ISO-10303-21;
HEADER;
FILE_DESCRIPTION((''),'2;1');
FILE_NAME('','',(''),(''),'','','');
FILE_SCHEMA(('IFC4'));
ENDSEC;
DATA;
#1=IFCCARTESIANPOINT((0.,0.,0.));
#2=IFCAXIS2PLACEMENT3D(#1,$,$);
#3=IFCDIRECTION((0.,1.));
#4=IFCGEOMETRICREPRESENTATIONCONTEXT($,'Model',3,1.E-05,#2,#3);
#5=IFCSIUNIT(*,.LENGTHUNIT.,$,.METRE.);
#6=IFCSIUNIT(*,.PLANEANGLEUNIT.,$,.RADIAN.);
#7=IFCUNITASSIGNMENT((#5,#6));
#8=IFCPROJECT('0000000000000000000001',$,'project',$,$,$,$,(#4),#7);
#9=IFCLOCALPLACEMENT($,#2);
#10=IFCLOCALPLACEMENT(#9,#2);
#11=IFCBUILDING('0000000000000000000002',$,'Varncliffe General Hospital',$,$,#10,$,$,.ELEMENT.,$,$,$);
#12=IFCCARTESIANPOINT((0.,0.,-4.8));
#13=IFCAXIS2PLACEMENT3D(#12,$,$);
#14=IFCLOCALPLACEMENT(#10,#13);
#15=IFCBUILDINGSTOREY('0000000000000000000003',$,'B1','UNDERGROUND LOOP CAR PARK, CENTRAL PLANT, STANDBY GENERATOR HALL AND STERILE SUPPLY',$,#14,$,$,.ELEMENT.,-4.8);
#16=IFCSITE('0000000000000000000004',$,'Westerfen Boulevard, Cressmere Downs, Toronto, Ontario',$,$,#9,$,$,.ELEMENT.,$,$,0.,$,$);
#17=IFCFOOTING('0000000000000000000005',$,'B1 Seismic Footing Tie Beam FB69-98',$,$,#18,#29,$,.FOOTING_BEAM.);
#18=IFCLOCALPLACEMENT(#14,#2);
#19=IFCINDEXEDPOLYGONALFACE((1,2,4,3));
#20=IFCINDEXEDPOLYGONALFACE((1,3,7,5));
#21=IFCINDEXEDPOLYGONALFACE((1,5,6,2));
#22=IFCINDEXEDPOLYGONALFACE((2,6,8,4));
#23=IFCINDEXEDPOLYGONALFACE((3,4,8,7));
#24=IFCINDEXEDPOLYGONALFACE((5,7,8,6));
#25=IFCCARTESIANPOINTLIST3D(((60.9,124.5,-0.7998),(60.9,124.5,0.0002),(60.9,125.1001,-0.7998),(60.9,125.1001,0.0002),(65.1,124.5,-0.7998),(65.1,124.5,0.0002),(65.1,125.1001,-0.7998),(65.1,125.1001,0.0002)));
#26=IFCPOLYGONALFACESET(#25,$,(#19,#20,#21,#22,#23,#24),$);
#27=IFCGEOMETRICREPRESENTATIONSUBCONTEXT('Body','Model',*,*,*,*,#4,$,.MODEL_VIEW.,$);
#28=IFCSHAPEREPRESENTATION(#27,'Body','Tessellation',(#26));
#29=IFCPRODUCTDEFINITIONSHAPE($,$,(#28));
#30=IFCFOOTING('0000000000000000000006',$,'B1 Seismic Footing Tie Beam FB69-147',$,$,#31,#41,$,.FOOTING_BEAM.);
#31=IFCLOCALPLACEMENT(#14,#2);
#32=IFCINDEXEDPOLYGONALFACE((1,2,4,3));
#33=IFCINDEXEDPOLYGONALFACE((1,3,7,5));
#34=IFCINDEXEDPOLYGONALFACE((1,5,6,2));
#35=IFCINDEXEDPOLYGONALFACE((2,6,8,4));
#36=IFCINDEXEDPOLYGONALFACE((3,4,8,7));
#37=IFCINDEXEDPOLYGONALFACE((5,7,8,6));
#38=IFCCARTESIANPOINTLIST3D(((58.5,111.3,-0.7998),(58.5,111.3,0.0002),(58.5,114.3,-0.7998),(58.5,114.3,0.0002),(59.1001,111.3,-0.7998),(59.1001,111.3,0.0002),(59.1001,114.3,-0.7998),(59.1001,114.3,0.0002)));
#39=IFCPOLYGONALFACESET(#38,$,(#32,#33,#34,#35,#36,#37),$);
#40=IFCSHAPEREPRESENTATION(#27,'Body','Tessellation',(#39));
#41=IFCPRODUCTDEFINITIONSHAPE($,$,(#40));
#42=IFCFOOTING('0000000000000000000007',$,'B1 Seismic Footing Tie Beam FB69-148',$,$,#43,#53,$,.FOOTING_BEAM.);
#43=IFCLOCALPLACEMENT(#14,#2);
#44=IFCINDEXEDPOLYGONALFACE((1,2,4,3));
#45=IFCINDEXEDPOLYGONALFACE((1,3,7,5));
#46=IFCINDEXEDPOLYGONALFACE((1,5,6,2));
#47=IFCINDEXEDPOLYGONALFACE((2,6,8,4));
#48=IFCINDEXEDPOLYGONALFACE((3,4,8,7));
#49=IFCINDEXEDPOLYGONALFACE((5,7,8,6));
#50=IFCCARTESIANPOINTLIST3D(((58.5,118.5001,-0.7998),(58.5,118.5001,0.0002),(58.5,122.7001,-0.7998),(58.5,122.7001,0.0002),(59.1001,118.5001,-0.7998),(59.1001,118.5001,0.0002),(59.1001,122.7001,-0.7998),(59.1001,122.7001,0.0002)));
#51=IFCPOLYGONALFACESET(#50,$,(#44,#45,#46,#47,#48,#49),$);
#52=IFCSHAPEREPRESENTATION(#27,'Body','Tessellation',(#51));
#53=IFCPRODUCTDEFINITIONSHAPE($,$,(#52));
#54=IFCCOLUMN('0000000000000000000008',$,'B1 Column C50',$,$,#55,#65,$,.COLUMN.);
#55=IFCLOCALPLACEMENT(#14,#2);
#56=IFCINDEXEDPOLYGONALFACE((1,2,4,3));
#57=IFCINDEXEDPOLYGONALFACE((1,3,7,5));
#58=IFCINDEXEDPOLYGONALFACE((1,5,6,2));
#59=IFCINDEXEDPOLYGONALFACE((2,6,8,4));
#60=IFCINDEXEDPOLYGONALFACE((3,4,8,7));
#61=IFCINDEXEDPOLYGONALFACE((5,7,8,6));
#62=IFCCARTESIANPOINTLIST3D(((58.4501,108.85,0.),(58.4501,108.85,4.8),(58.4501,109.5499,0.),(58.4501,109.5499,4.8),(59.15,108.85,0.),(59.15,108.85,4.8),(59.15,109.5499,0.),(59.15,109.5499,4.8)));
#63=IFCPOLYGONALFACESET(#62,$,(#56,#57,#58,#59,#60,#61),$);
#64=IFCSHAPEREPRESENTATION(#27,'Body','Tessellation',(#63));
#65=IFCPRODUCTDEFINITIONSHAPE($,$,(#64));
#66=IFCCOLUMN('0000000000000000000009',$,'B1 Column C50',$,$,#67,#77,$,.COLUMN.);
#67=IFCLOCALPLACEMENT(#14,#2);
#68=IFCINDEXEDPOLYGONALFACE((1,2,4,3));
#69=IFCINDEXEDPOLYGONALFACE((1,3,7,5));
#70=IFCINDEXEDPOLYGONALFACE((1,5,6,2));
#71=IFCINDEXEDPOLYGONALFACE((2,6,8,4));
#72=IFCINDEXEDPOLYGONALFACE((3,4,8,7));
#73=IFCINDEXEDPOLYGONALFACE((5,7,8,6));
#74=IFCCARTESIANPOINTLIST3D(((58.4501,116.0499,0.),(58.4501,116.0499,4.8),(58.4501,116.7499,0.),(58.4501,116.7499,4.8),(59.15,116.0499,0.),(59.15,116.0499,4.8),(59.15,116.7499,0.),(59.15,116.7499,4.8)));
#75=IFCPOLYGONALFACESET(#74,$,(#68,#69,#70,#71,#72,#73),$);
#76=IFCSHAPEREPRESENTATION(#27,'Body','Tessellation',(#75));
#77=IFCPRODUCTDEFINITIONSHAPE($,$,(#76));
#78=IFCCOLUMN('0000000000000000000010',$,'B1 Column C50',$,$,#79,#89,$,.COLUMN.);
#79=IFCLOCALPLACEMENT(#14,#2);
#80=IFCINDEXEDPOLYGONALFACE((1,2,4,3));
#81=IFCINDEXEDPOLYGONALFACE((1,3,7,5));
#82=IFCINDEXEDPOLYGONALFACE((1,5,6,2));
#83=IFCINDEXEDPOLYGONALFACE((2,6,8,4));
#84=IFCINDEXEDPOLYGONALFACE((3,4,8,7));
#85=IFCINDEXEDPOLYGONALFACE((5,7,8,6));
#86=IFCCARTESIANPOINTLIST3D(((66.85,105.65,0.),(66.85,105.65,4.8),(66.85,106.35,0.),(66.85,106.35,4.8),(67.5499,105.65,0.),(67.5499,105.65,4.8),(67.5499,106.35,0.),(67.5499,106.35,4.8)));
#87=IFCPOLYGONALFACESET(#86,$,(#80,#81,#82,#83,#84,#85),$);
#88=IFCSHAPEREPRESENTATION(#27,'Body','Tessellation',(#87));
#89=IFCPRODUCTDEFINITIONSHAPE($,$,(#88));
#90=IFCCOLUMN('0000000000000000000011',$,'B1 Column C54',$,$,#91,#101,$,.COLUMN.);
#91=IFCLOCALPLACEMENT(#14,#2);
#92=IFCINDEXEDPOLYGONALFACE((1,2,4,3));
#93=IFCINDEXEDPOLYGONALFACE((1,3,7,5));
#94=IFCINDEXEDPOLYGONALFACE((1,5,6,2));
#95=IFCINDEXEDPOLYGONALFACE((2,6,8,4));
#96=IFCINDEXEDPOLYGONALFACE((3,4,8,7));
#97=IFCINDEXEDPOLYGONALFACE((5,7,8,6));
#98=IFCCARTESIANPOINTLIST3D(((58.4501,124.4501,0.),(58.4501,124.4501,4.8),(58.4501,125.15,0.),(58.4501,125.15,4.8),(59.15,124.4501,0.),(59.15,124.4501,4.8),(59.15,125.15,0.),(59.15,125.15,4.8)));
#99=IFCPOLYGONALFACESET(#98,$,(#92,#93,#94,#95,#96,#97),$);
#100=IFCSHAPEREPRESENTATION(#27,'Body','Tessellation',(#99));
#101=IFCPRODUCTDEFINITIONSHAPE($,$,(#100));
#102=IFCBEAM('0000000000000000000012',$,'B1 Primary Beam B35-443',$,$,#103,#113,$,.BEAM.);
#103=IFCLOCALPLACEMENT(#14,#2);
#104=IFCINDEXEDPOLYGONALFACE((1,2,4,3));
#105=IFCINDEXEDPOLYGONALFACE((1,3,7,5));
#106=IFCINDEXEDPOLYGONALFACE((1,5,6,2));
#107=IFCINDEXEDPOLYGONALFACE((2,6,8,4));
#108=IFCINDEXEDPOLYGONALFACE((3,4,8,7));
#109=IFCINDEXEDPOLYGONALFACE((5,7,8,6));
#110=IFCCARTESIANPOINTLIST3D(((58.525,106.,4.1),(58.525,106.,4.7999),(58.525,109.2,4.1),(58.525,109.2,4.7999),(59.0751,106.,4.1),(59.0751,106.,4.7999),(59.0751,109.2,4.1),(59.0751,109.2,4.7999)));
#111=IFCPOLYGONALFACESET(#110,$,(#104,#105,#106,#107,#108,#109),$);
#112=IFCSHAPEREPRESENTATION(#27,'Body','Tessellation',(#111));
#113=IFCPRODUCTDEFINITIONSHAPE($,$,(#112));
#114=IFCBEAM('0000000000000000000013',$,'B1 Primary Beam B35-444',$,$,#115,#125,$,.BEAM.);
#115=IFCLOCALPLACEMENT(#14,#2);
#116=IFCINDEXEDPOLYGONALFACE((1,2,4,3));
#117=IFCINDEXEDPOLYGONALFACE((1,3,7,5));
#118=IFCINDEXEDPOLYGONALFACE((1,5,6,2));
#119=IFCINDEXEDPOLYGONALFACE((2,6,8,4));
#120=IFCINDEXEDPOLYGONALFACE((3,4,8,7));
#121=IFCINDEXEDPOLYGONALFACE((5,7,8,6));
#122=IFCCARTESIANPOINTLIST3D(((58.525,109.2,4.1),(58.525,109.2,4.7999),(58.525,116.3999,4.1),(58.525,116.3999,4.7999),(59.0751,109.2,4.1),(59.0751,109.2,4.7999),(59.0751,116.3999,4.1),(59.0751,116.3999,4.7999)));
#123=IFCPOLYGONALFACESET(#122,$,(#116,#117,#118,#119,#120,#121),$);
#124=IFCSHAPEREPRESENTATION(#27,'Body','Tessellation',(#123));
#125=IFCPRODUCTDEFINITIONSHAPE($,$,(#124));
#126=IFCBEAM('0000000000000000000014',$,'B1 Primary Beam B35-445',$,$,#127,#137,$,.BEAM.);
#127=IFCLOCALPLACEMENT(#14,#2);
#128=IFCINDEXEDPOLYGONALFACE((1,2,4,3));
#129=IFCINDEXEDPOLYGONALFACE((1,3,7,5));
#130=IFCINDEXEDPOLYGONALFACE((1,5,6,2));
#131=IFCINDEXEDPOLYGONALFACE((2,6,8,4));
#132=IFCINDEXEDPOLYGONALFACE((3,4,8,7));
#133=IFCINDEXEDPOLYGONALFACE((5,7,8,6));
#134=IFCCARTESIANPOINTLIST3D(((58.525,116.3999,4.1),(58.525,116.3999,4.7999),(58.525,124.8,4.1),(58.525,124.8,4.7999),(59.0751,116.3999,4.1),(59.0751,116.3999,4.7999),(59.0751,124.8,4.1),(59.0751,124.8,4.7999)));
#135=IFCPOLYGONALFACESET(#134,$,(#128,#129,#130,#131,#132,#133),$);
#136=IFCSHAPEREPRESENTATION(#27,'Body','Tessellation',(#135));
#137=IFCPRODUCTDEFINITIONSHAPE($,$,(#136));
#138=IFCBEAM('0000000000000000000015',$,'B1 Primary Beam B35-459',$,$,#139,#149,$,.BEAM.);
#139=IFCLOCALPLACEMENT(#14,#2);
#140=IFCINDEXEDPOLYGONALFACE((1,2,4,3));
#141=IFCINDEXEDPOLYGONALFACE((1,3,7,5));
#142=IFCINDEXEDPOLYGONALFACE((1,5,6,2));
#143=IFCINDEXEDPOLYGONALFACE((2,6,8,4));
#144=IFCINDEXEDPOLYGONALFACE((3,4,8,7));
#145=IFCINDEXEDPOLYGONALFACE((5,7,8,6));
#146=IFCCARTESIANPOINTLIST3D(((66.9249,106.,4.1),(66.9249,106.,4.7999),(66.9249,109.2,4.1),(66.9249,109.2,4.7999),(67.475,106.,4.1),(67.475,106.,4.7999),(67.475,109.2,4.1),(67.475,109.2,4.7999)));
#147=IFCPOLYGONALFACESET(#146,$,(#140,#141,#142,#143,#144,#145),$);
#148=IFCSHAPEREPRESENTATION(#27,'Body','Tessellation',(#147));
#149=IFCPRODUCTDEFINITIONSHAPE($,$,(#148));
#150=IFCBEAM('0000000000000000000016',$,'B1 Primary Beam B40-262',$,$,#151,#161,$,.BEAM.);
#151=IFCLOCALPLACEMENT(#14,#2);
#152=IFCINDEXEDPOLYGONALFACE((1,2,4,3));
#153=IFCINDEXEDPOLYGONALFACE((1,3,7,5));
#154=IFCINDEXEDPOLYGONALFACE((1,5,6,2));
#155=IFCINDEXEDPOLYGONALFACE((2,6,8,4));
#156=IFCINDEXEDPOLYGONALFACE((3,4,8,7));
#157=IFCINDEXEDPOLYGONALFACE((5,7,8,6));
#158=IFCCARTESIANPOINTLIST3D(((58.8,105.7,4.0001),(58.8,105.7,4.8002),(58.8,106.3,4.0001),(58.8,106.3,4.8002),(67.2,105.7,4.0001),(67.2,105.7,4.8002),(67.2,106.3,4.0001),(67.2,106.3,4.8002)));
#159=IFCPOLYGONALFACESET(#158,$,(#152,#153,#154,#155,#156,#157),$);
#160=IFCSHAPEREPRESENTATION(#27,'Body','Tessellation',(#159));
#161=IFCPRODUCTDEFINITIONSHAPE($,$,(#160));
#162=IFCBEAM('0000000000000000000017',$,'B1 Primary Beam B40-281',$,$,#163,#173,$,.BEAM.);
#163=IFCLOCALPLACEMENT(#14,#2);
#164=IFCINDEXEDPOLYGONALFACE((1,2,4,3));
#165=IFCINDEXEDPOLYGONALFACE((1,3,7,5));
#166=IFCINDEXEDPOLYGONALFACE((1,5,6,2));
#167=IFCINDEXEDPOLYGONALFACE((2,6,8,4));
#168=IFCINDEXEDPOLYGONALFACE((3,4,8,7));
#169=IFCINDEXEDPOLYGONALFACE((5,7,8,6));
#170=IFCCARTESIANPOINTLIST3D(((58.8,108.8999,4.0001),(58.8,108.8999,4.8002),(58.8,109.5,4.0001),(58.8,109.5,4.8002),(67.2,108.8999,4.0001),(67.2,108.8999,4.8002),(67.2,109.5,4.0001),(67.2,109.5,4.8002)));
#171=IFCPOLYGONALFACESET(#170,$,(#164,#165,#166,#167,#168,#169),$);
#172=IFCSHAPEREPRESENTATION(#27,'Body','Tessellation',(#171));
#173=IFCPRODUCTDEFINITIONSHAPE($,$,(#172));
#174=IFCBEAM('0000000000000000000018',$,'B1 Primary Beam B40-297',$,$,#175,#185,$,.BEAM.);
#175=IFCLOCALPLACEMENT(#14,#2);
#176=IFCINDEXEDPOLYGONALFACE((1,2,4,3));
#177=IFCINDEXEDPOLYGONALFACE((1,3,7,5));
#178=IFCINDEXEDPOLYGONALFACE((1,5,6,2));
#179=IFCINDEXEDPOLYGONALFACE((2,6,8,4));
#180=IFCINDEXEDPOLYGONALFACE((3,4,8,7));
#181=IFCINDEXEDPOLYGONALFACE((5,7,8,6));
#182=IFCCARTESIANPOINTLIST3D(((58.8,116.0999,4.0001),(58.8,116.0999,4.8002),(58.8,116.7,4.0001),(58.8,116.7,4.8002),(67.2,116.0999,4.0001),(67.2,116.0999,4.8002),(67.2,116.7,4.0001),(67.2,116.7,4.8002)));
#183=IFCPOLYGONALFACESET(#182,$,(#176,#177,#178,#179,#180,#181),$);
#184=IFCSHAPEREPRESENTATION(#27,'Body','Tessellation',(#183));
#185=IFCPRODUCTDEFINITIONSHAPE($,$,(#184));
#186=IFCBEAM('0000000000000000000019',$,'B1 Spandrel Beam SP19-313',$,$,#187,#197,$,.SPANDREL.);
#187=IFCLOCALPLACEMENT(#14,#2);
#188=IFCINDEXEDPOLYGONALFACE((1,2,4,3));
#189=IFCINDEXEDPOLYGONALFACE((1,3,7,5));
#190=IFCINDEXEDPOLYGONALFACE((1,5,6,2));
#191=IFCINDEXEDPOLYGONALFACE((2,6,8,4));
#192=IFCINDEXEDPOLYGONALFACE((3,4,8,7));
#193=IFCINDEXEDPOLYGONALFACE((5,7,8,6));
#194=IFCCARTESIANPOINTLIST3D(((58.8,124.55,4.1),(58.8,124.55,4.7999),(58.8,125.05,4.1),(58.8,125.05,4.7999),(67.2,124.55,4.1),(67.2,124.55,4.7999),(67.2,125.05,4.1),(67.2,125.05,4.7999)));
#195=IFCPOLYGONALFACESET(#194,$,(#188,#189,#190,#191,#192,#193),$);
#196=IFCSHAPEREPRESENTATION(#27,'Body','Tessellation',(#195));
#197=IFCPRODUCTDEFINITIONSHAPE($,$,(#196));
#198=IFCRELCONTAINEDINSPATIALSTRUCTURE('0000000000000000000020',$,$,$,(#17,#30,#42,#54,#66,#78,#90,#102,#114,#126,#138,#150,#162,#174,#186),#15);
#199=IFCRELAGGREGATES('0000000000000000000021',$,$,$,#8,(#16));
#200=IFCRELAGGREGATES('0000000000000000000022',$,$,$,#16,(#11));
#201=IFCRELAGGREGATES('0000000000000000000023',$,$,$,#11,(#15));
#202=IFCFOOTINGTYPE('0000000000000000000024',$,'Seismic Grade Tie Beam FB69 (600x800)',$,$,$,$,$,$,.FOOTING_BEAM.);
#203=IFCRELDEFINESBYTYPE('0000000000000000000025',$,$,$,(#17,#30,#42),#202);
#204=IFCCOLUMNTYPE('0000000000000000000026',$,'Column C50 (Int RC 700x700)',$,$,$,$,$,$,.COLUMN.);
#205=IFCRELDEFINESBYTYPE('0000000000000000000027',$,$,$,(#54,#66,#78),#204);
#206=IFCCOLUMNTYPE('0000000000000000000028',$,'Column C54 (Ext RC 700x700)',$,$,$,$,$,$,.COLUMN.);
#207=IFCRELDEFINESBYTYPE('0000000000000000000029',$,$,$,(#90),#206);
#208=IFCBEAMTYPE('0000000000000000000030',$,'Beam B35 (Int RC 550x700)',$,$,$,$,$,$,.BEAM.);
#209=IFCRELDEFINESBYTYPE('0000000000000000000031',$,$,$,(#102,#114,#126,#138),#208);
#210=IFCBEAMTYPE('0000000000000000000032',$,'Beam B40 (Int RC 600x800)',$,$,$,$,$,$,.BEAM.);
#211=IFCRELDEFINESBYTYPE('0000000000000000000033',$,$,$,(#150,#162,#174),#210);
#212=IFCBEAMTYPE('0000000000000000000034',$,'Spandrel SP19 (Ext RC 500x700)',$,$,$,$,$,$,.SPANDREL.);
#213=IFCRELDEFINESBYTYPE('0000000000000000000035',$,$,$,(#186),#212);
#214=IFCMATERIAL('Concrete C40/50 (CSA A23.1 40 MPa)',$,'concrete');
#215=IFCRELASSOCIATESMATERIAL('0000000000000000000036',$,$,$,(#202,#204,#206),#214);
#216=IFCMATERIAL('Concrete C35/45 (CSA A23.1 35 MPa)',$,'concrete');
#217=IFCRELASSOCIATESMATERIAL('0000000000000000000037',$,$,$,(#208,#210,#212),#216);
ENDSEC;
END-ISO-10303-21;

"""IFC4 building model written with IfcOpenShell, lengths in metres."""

from ifc_helpers import new_model, si_unit, direction, frame, origin, origin_2d, place, context, subcontext, project, spatial, rectangle, extrude, material, material_profile, profile_set, type_object, element, save


model = new_model("IFC4")

# Units and contexts
model_context = context("Model", 3, precision=1e-05, world=origin(), true_north=direction((0.0, 1.0)))
body_context = subcontext(model_context, "Body", "Model", "MODEL_VIEW")
ifc_project = project(units=[si_unit("LENGTHUNIT", "METRE"), si_unit("PLANEANGLEUNIT", "RADIAN")], contexts=[model_context])

# Site, building, storey
site_placement = place(None, origin())
site = spatial("IfcSite", under=ifc_project, at=site_placement, Name="Westerfen Boulevard, Cressmere Downs, Toronto, Ontario", CompositionType="ELEMENT", RefElevation=0.0)
building_placement = place(site_placement, origin())
building = spatial("IfcBuilding", under=site, at=building_placement, Name="Varncliffe General Hospital", CompositionType="ELEMENT")
storey_placement = place(building_placement, frame((0.0, 0.0, -4.8)))
storey = spatial("IfcBuildingStorey", under=building, at=storey_placement, Name="B1", Description="UNDERGROUND LOOP CAR PARK, CENTRAL PLANT, STANDBY GENERATOR HALL AND STERILE SUPPLY", CompositionType="ELEMENT", Elevation=-4.8)

# Shared definitions
ifc_material_1 = material(Name="Concrete C40/50 (CSA A23.1 40 MPa)", Category="concrete")

# Footings
footing_type_1 = type_object("IfcFootingType", Name="Seismic Grade Tie Beam FB69 (600x800)", PredefinedType="FOOTING_BEAM", material=ifc_material_1)
footing_1_placement = place(storey_placement, frame((63.0, 124.8, -0.7998), z_axis=(0.0, 0.0, 1.0), x_axis=(1.0, 0.0, 0.0)))
element("IfcFooting", 1, at=footing_1_placement, inside=storey, type_object=footing_type_1, Name="B1 Seismic Footing Tie Beam FB69-98", PredefinedType="FOOTING_BEAM", context=body_context, shape_type="SweptSolid", body=[
    extrude(rectangle(XDim=4.2, YDim=0.6001, at=origin_2d()), origin(), (0.0, 0.0, 1.0), 0.8),
])
footing_2_placement = place(storey_placement, frame((58.8, 112.8, -0.7998), z_axis=(0.0, 0.0, 1.0), x_axis=(1.0, 0.0, 0.0)))
element("IfcFooting", 2, at=footing_2_placement, inside=storey, type_object=footing_type_1, Name="B1 Seismic Footing Tie Beam FB69-147", PredefinedType="FOOTING_BEAM", context=body_context, shape_type="SweptSolid", body=[
    extrude(rectangle(XDim=0.6001, YDim=3.0, at=origin_2d()), origin(), (0.0, 0.0, 1.0), 0.8),
])
footing_3_placement = place(storey_placement, frame((58.8, 120.6001, -0.7998), z_axis=(0.0, 0.0, 1.0), x_axis=(1.0, 0.0, 0.0)))
element("IfcFooting", 3, at=footing_3_placement, inside=storey, type_object=footing_type_1, Name="B1 Seismic Footing Tie Beam FB69-148", PredefinedType="FOOTING_BEAM", context=body_context, shape_type="SweptSolid", body=[
    extrude(rectangle(XDim=0.6001, YDim=4.2, at=origin_2d()), origin(), (0.0, 0.0, 1.0), 0.8),
])

# Columns
ifc_material_profile_1 = material_profile(ifc_material_1, rectangle(XDim=0.7, YDim=0.7, at=origin_2d()), Name="RC 700x700")
ifc_profile_set_1 = profile_set([ifc_material_profile_1], Name="Concrete C40/50 (CSA A23.1 40 MPa)")
column_type_1 = type_object("IfcColumnType", Name="Column C50 (Int RC 700x700)", PredefinedType="COLUMN", material=ifc_profile_set_1)
for number, where, z_axis, x_axis, name in (
    (4, (58.8, 109.2, 0.0), (0.0, 0.0, 1.0), (1.0, 0.0, 0.0), "B1 Column C50"),
    (5, (58.8, 116.3999, 0.0), (0.0, 0.0, 1.0), (1.0, 0.0, 0.0), "B1 Column C50"),
    (6, (67.2, 106.0, 0.0), (0.0, 0.0, 1.0), (1.0, 0.0, 0.0), "B1 Column C50"),
):
    element("IfcColumn", number, at=place(storey_placement, frame(where, z_axis=z_axis, x_axis=x_axis)), inside=storey, type_object=column_type_1, Name=name, PredefinedType="COLUMN", context=body_context, shape_type="SweptSolid", body=[
        extrude(rectangle(XDim=0.7, YDim=0.7, at=origin_2d()), origin(), (0.0, 0.0, 1.0), 4.8),
    ])
ifc_material_profile_2 = material_profile(ifc_material_1, rectangle(XDim=0.7, YDim=0.7, at=origin_2d()), Name="RC 700x700")
ifc_profile_set_2 = profile_set([ifc_material_profile_2], Name="Concrete C40/50 (CSA A23.1 40 MPa)")
column_type_2 = type_object("IfcColumnType", Name="Column C54 (Ext RC 700x700)", PredefinedType="COLUMN", material=ifc_profile_set_2)
column_placement = place(storey_placement, frame((58.8, 124.8, 0.0), z_axis=(0.0, 0.0, 1.0), x_axis=(1.0, 0.0, 0.0)))
element("IfcColumn", 7, at=column_placement, inside=storey, type_object=column_type_2, Name="B1 Column C54", PredefinedType="COLUMN", context=body_context, shape_type="SweptSolid", body=[
    extrude(rectangle(XDim=0.7, YDim=0.7, at=origin_2d()), origin(), (0.0, 0.0, 1.0), 4.8),
])

# Beams
ifc_material_2 = material(Name="Concrete C35/45 (CSA A23.1 35 MPa)", Category="concrete")
ifc_material_profile_3 = material_profile(ifc_material_2, rectangle(XDim=0.55, YDim=0.7, at=origin_2d()), Name="RC 550x700")
ifc_profile_set_3 = profile_set([ifc_material_profile_3], Name="Concrete C35/45 (CSA A23.1 35 MPa)")
beam_type_1 = type_object("IfcBeamType", Name="Beam B35 (Int RC 550x700)", PredefinedType="BEAM", material=ifc_profile_set_3)
beam_1_placement = place(storey_placement, frame((58.8, 106.0, 4.45), z_axis=(0.0, 1.0, 0.0), x_axis=(-1.0, 0.0, 0.0)))
element("IfcBeam", 8, at=beam_1_placement, inside=storey, type_object=beam_type_1, Name="B1 Primary Beam B35-443", PredefinedType="BEAM", context=body_context, shape_type="SweptSolid", body=[
    extrude(rectangle(XDim=0.55, YDim=0.7, at=origin_2d()), origin(), (0.0, 0.0, 1.0), 3.2),
])
beam_2_placement = place(storey_placement, frame((58.8, 109.2, 4.45), z_axis=(0.0, 1.0, 0.0), x_axis=(-1.0, 0.0, 0.0)))
element("IfcBeam", 9, at=beam_2_placement, inside=storey, type_object=beam_type_1, Name="B1 Primary Beam B35-444", PredefinedType="BEAM", context=body_context, shape_type="SweptSolid", body=[
    extrude(rectangle(XDim=0.55, YDim=0.7, at=origin_2d()), origin(), (0.0, 0.0, 1.0), 7.2),
])
beam_3_placement = place(storey_placement, frame((58.8, 116.3999, 4.45), z_axis=(0.0, 1.0, 0.0), x_axis=(-1.0, 0.0, 0.0)))
element("IfcBeam", 10, at=beam_3_placement, inside=storey, type_object=beam_type_1, Name="B1 Primary Beam B35-445", PredefinedType="BEAM", context=body_context, shape_type="SweptSolid", body=[
    extrude(rectangle(XDim=0.55, YDim=0.7, at=origin_2d()), origin(), (0.0, 0.0, 1.0), 8.4001),
])
beam_4_placement = place(storey_placement, frame((67.2, 106.0, 4.45), z_axis=(0.0, 1.0, 0.0), x_axis=(-1.0, 0.0, 0.0)))
element("IfcBeam", 11, at=beam_4_placement, inside=storey, type_object=beam_type_1, Name="B1 Primary Beam B35-459", PredefinedType="BEAM", context=body_context, shape_type="SweptSolid", body=[
    extrude(rectangle(XDim=0.55, YDim=0.7, at=origin_2d()), origin(), (0.0, 0.0, 1.0), 3.2),
])
ifc_material_profile_4 = material_profile(ifc_material_2, rectangle(XDim=0.6001, YDim=0.8, at=origin_2d()), Name="RC 600x800")
ifc_profile_set_4 = profile_set([ifc_material_profile_4], Name="Concrete C35/45 (CSA A23.1 35 MPa)")
beam_type_2 = type_object("IfcBeamType", Name="Beam B40 (Int RC 600x800)", PredefinedType="BEAM", material=ifc_profile_set_4)
for number, where, z_axis, x_axis, name in (
    (12, (58.8, 106.0, 4.4001), (1.0, 0.0, 0.0), (0.0, 1.0, 0.0), "B1 Primary Beam B40-262"),
    (13, (58.8, 109.2, 4.4001), (1.0, 0.0, 0.0), (0.0, 1.0, 0.0), "B1 Primary Beam B40-281"),
    (14, (58.8, 116.3999, 4.4001), (1.0, 0.0, 0.0), (0.0, 1.0, 0.0), "B1 Primary Beam B40-297"),
):
    element("IfcBeam", number, at=place(storey_placement, frame(where, z_axis=z_axis, x_axis=x_axis)), inside=storey, type_object=beam_type_2, Name=name, PredefinedType="BEAM", context=body_context, shape_type="SweptSolid", body=[
        extrude(rectangle(XDim=0.6001, YDim=0.8, at=origin_2d()), origin(), (0.0, 0.0, 1.0), 8.3999),
    ])
ifc_material_profile_5 = material_profile(ifc_material_2, rectangle(XDim=0.5, YDim=0.7, at=origin_2d()), Name="RC 500x700")
ifc_profile_set_5 = profile_set([ifc_material_profile_5], Name="Concrete C35/45 (CSA A23.1 35 MPa)")
beam_type_3 = type_object("IfcBeamType", Name="Spandrel SP19 (Ext RC 500x700)", PredefinedType="SPANDREL", material=ifc_profile_set_5)
beam_5_placement = place(storey_placement, frame((58.8, 124.8, 4.45), z_axis=(1.0, 0.0, 0.0), x_axis=(0.0, 1.0, 0.0)))
element("IfcBeam", 15, at=beam_5_placement, inside=storey, type_object=beam_type_3, Name="B1 Spandrel Beam SP19-313", PredefinedType="SPANDREL", context=body_context, shape_type="SweptSolid", body=[
    extrude(rectangle(XDim=0.5, YDim=0.7, at=origin_2d()), origin(), (0.0, 0.0, 1.0), 8.3999),
])

save(model, "model.ifc")
